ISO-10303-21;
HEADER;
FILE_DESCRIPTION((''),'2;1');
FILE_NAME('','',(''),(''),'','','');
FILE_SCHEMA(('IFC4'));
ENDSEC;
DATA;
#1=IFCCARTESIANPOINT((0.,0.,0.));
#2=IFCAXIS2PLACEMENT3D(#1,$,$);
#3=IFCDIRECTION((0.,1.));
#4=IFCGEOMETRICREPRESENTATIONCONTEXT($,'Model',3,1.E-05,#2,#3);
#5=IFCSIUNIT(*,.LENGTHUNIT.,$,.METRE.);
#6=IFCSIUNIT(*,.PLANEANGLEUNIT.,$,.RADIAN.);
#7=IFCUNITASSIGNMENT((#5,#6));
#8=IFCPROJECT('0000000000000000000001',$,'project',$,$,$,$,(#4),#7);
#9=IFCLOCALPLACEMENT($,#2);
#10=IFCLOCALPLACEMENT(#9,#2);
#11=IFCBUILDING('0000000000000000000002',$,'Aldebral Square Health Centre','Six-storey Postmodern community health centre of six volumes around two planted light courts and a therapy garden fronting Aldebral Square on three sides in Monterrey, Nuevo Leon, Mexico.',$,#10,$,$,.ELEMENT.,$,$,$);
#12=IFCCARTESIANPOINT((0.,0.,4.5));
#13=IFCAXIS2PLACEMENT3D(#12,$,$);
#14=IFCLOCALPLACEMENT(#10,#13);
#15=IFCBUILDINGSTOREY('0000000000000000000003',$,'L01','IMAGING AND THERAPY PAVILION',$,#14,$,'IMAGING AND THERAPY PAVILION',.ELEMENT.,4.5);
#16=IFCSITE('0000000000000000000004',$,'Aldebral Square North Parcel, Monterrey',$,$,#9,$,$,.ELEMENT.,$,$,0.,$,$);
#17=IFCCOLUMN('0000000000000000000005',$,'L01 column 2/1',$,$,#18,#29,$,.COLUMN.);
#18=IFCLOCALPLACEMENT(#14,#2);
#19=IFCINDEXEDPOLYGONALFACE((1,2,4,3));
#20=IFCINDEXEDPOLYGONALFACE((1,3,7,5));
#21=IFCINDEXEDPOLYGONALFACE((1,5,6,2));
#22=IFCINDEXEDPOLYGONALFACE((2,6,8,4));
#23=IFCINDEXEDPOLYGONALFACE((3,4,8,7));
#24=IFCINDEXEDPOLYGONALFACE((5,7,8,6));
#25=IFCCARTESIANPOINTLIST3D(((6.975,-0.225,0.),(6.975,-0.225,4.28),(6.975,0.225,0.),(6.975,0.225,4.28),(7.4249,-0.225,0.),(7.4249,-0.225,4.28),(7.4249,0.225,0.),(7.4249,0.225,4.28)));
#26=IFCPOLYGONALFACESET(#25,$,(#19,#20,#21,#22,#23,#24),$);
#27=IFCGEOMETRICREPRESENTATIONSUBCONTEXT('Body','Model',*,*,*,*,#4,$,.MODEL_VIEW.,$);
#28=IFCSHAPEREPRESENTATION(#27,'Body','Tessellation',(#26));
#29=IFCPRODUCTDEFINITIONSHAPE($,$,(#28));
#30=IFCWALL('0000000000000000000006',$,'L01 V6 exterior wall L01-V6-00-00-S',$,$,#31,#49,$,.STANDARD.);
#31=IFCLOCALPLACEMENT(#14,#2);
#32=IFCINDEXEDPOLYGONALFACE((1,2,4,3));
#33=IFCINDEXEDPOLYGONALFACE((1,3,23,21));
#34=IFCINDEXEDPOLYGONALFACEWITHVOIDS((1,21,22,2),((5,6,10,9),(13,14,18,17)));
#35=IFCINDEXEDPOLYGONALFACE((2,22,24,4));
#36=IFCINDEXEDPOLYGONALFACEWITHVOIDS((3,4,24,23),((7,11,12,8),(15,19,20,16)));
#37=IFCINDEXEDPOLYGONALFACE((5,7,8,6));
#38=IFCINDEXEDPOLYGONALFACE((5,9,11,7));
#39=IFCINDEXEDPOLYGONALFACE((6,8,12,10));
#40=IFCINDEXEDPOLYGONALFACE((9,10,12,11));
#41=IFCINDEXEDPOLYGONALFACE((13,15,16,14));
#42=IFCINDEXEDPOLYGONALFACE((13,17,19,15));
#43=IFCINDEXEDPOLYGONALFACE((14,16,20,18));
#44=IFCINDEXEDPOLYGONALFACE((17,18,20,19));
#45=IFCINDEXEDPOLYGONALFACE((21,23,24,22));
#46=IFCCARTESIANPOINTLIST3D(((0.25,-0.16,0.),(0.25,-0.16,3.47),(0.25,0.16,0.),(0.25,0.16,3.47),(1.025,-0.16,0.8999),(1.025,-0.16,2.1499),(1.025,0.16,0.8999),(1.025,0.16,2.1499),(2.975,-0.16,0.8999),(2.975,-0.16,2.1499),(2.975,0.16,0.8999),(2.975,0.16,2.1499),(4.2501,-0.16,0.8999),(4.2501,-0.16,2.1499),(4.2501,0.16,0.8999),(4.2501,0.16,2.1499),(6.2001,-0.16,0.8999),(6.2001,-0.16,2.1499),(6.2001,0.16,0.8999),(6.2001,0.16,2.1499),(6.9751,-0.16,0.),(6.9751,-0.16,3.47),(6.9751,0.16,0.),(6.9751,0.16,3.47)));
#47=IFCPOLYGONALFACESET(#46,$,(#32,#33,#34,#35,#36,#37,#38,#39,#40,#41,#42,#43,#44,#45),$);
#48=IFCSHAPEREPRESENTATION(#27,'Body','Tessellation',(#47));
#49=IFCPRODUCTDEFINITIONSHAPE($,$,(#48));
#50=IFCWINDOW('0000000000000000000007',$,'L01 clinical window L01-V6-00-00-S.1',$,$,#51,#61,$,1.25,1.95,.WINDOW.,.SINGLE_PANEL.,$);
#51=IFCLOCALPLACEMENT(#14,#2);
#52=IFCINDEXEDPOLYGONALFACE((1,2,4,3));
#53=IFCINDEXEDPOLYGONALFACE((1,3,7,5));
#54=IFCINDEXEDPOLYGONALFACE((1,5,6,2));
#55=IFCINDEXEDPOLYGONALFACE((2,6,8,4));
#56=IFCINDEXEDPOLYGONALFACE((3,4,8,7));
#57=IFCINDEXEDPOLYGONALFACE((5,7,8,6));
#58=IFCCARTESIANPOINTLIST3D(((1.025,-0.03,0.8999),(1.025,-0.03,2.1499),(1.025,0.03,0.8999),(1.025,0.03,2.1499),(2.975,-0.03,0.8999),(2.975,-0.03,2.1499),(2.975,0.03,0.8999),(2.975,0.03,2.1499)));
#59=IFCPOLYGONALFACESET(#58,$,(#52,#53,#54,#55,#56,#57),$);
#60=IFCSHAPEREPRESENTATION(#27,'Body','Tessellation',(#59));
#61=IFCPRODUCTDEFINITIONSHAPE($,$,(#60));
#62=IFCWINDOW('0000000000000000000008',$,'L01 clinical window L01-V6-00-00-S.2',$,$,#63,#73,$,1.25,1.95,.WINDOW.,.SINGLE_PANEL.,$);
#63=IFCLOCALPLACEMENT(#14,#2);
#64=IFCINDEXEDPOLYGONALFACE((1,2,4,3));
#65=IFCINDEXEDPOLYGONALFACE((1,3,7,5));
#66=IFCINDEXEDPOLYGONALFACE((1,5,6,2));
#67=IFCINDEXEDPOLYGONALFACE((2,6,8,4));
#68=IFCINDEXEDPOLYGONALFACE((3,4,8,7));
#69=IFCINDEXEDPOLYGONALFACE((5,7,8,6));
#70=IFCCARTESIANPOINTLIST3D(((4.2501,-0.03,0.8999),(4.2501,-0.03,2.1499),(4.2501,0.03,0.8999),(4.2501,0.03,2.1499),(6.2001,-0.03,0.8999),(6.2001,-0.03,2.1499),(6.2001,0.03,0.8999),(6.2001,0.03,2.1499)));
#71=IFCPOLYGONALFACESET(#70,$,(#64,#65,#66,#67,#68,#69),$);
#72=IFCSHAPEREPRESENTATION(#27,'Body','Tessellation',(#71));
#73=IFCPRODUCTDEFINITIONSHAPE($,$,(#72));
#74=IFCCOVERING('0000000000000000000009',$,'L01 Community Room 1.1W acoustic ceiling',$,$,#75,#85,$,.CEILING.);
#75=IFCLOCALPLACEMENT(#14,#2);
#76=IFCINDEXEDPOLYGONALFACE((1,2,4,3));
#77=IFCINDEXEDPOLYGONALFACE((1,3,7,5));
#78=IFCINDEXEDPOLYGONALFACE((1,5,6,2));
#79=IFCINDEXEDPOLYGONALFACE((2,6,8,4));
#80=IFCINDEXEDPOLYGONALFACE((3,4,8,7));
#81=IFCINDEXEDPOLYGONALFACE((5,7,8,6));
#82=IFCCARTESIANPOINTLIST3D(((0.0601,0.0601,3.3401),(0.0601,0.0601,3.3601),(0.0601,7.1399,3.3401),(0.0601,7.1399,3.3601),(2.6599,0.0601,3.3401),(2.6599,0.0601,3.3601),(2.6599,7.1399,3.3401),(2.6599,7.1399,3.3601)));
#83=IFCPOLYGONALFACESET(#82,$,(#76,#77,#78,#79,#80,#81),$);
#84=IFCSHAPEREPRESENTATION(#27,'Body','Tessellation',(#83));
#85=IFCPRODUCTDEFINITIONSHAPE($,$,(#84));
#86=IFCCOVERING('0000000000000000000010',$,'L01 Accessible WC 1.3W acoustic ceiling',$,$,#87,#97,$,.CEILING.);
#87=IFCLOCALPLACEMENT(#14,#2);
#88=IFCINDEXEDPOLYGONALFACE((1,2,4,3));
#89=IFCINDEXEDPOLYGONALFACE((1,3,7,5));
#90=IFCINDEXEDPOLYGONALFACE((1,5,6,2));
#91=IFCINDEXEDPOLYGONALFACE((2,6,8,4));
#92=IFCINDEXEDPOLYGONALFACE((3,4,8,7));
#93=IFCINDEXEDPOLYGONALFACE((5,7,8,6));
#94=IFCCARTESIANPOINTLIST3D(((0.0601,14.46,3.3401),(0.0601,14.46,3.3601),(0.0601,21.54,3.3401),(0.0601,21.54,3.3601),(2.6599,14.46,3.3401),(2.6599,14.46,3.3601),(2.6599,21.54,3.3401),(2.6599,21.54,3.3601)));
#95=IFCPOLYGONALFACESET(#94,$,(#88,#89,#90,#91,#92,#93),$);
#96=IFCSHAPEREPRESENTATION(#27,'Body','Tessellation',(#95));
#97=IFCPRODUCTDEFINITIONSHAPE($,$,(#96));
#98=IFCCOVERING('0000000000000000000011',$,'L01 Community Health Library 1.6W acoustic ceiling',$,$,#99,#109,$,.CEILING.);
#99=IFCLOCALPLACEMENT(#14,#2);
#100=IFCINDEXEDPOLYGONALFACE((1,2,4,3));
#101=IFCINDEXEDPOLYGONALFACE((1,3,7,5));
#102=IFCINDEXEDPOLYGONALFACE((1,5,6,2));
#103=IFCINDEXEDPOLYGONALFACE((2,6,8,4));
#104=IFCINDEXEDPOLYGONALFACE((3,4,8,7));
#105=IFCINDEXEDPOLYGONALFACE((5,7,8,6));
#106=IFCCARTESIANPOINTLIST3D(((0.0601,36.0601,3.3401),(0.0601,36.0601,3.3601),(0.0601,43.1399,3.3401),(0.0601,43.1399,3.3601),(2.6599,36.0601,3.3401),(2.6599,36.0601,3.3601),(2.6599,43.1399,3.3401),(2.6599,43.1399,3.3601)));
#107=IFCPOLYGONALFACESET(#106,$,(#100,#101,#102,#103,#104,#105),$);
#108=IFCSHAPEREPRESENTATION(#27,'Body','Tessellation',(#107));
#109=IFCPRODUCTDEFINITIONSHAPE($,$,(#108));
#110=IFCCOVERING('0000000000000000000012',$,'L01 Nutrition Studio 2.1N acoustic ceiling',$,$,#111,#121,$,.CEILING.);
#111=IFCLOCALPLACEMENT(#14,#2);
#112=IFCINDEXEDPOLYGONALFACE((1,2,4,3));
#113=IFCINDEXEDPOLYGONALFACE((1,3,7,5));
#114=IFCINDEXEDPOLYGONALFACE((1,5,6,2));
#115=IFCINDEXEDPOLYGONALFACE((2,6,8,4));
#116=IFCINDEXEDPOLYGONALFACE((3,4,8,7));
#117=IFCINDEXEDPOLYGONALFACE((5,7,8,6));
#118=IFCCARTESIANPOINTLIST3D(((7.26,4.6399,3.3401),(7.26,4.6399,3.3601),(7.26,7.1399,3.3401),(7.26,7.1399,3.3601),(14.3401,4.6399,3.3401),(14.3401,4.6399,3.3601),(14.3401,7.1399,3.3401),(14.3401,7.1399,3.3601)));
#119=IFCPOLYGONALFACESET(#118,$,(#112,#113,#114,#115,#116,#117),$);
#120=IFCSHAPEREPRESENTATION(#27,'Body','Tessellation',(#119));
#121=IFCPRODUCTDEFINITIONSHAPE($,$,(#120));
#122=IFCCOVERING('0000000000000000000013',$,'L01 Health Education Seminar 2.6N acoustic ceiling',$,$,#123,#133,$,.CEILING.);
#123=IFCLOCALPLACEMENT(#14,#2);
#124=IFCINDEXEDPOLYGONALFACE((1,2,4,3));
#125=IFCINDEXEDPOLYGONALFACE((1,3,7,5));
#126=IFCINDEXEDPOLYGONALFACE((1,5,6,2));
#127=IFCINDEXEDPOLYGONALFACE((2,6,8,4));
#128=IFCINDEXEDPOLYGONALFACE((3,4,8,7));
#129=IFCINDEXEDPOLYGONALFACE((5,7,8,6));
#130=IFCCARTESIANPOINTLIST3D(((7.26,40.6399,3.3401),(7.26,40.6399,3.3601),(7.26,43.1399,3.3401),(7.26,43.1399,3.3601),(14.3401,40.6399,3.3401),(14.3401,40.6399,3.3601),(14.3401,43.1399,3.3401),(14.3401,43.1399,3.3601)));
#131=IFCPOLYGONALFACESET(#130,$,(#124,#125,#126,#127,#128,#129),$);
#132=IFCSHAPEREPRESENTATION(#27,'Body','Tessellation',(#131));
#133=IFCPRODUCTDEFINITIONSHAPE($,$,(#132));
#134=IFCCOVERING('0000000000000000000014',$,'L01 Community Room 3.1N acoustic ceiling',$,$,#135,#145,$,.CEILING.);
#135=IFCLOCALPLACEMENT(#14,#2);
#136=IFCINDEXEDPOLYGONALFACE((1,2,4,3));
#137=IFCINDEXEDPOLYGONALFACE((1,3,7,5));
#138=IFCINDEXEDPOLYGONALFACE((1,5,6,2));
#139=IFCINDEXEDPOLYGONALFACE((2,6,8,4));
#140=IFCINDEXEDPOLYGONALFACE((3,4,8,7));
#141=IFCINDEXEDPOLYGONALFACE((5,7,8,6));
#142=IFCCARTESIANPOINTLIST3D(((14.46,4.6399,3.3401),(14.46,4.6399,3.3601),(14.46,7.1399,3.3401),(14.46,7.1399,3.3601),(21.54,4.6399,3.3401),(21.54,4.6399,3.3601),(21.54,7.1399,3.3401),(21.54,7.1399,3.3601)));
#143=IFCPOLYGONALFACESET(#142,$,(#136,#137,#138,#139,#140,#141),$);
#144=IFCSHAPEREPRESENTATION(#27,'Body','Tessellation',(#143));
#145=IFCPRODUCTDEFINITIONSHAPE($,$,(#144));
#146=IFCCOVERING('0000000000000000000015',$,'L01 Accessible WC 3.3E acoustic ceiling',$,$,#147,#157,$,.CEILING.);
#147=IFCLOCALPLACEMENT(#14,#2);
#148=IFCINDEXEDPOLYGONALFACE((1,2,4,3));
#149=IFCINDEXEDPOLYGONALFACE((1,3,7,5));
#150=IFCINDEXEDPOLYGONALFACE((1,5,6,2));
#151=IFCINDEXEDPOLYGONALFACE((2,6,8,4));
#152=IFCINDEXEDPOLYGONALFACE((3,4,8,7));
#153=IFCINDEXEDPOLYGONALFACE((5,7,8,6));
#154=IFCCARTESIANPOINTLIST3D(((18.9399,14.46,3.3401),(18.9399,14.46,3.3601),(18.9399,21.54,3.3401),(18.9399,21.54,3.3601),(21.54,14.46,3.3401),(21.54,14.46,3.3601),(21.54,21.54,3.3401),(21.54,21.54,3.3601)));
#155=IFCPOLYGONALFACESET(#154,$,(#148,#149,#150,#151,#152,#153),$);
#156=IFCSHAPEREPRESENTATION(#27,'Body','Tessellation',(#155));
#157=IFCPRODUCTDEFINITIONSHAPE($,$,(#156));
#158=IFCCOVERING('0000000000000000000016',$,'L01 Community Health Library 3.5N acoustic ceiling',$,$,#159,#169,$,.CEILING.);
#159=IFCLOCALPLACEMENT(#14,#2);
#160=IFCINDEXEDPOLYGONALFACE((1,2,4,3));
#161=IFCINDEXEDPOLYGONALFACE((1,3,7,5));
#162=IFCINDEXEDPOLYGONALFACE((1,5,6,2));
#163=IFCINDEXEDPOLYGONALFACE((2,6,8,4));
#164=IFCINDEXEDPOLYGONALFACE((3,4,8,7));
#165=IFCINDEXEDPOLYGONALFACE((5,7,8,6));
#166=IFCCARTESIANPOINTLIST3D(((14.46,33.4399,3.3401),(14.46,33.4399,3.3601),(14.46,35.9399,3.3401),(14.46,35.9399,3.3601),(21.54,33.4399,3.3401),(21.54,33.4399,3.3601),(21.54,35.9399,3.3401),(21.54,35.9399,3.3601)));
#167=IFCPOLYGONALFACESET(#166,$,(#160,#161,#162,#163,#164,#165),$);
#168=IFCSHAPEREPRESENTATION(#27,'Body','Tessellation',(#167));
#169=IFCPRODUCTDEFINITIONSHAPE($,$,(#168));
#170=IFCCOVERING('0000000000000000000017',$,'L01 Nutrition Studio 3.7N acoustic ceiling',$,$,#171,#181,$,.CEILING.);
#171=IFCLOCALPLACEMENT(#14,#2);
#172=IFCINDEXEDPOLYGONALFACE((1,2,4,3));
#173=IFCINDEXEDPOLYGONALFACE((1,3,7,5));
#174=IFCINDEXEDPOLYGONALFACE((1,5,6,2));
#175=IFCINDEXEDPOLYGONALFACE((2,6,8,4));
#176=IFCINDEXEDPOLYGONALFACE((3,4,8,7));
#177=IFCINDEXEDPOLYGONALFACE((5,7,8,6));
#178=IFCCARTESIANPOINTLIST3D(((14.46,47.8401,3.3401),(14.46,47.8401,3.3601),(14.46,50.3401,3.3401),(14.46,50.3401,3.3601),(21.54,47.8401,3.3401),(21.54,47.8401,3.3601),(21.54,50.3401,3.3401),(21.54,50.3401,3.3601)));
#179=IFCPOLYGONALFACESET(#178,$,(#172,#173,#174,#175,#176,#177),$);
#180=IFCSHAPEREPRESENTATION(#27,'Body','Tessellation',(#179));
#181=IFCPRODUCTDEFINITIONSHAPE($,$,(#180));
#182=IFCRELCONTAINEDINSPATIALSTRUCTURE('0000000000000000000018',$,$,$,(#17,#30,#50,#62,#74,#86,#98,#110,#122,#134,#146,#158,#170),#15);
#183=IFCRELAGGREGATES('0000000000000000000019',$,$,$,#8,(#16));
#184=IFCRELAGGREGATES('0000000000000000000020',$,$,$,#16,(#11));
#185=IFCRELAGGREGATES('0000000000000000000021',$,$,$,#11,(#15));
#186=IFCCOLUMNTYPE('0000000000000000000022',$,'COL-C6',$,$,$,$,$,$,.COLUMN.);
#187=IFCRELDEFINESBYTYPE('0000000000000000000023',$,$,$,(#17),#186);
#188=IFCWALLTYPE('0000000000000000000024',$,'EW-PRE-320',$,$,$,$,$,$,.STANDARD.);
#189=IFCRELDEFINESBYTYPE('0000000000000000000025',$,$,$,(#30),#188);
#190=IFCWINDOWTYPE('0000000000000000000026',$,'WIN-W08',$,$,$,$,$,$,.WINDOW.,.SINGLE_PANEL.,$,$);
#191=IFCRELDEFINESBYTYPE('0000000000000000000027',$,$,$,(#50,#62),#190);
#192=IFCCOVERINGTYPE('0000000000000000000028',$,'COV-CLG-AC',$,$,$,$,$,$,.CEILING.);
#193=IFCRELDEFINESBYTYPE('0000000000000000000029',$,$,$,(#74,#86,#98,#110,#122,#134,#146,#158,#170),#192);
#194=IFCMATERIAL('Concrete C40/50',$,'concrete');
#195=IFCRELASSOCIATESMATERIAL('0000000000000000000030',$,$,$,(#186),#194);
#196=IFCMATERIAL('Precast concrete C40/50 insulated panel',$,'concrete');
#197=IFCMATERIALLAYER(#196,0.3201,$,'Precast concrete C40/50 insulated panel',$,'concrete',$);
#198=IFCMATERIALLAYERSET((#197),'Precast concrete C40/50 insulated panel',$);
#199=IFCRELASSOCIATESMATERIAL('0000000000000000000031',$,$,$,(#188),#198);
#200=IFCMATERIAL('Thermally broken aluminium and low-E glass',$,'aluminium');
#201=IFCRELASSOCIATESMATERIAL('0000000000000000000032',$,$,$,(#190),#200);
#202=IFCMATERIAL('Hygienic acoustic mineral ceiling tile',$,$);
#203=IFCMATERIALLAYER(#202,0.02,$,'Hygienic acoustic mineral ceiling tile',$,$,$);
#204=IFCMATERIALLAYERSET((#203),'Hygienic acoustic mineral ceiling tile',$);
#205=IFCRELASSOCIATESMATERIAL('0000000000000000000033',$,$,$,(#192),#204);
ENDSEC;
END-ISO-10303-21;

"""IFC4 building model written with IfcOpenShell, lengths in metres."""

from ifc_helpers import new_model, si_unit, direction, frame, frame_2d, origin, origin_2d, place, context, subcontext, project, spatial, polyline, rectangle, outline, extrude, material, layer, layer_set, material_profile, profile_set, type_object, element, fill, save


model = new_model("IFC4")

# Units and contexts
model_context = context("Model", 3, precision=1e-05, world=origin(), true_north=direction((0.0, 1.0)))
body_context = subcontext(model_context, "Body", "Model", "MODEL_VIEW")
ifc_project = project(units=[si_unit("LENGTHUNIT", "METRE"), si_unit("PLANEANGLEUNIT", "RADIAN")], contexts=[model_context])

# Site, building, storey
site_placement = place(None, origin())
site = spatial("IfcSite", under=ifc_project, at=site_placement, Name="Aldebral Square North Parcel, Monterrey", CompositionType="ELEMENT", RefElevation=0.0)
building_placement = place(site_placement, origin())
building = spatial("IfcBuilding", under=site, at=building_placement, Name="Aldebral Square Health Centre", Description="Six-storey Postmodern community health centre of six volumes around two planted light courts and a therapy garden fronting Aldebral Square on three sides in Monterrey, Nuevo Leon, Mexico.", CompositionType="ELEMENT")
storey_placement = place(building_placement, frame((0.0, 0.0, 4.5)))
storey = spatial("IfcBuildingStorey", under=building, at=storey_placement, Name="L01", Description="IMAGING AND THERAPY PAVILION", LongName="IMAGING AND THERAPY PAVILION", CompositionType="ELEMENT", Elevation=4.5)

# Column
ifc_material_1 = material(Name="Concrete C40/50", Category="concrete")
ifc_material_profile = material_profile(ifc_material_1, rectangle(XDim=0.45, YDim=0.45, at=origin_2d()), Name="RC 450x450")
ifc_profile_set = profile_set([ifc_material_profile], Name="Concrete C40/50")
column_type = type_object("IfcColumnType", Name="COL-C6", PredefinedType="COLUMN", material=ifc_profile_set)
column_placement = place(storey_placement, frame((7.2, 0.0, 0.0), z_axis=(0.0, 0.0, 1.0), x_axis=(1.0, 0.0, 0.0)))
element("IfcColumn", 1, at=column_placement, inside=storey, type_object=column_type, Name="L01 column 2/1", PredefinedType="COLUMN", context=body_context, shape_type="SweptSolid", body=[
    extrude(rectangle(XDim=0.45, YDim=0.45, at=origin_2d()), origin(), (0.0, 0.0, 1.0), 4.28),
])

# Wall, openings, windows
ifc_material_2 = material(Name="Precast concrete C40/50 insulated panel", Category="concrete")
ifc_layer_1 = layer(ifc_material_2, 0.3201, Name="Precast concrete C40/50 insulated panel", Category="concrete")
ifc_layer_set_1 = layer_set([ifc_layer_1], Name="Precast concrete C40/50 insulated panel")
wall_type = type_object("IfcWallType", Name="EW-PRE-320", PredefinedType="STANDARD", material=ifc_layer_set_1)
wall_placement = place(storey_placement, frame((0.25, 0.0, 0.0), z_axis=(0.0, 0.0, 1.0), x_axis=(1.0, 0.0, 0.0)))
wall = element("IfcWall", 2, at=wall_placement, inside=storey, type_object=wall_type, Name="L01 V6 exterior wall L01-V6-00-00-S", PredefinedType="STANDARD", context=body_context, shape_type="SweptSolid", body=[
    extrude(rectangle(XDim=6.7251, YDim=0.3201, at=frame_2d((3.3625, 0.0))), origin(), (0.0, 0.0, 1.0), 3.47),
])
opening_1_placement = place(wall_placement, frame((0.7749, 0.0, 0.8999)))
opening_1 = element("IfcOpeningElement", 3, at=opening_1_placement, cuts=wall, PredefinedType="OPENING", context=body_context, shape_type="SweptSolid", body=[
    extrude(rectangle(XDim=1.95, YDim=1.25, at=frame_2d((0.9751, 0.625))), frame((0.0, 0.1699, 0.0), z_axis=(0.0, -1.0, 0.0), x_axis=(1.0, 0.0, 0.0)), (0.0, 0.0, 1.0), 0.3401),
])
opening_2_placement = place(wall_placement, frame((4.0, 0.0, 0.8999)))
opening_2 = element("IfcOpeningElement", 4, at=opening_2_placement, cuts=wall, PredefinedType="OPENING", context=body_context, shape_type="SweptSolid", body=[
    extrude(rectangle(XDim=1.95, YDim=1.25, at=frame_2d((0.9751, 0.625))), frame((0.0, 0.1699, 0.0), z_axis=(0.0, -1.0, 0.0), x_axis=(1.0, 0.0, 0.0)), (0.0, 0.0, 1.0), 0.3401),
])
ifc_material_3 = material(Name="Thermally broken aluminium and low-E glass", Category="aluminium")
window_type = type_object("IfcWindowType", Name="WIN-W08", PartitioningType="SINGLE_PANEL", PredefinedType="WINDOW", material=ifc_material_3)
window_1_placement = place(opening_1_placement, origin())
window_1 = element("IfcWindow", 5, at=window_1_placement, inside=storey, type_object=window_type, Name="L01 clinical window L01-V6-00-00-S.1", OverallHeight=1.25, OverallWidth=1.95, PartitioningType="SINGLE_PANEL", PredefinedType="WINDOW", context=body_context, shape_type="SweptSolid", body=[
    extrude(rectangle(XDim=1.95, YDim=1.25, at=frame_2d((0.9751, 0.625))), frame((0.0, 0.03, 0.0), z_axis=(0.0, -1.0, 0.0), x_axis=(1.0, 0.0, 0.0)), (0.0, 0.0, 1.0), 0.0601),
])
fill(opening_1, window_1)
window_2_placement = place(opening_2_placement, origin())
window_2 = element("IfcWindow", 6, at=window_2_placement, inside=storey, type_object=window_type, Name="L01 clinical window L01-V6-00-00-S.2", OverallHeight=1.25, OverallWidth=1.95, PartitioningType="SINGLE_PANEL", PredefinedType="WINDOW", context=body_context, shape_type="SweptSolid", body=[
    extrude(rectangle(XDim=1.95, YDim=1.25, at=frame_2d((0.9751, 0.625))), frame((0.0, 0.03, 0.0), z_axis=(0.0, -1.0, 0.0), x_axis=(1.0, 0.0, 0.0)), (0.0, 0.0, 1.0), 0.0601),
])
fill(opening_2, window_2)

# Coverings
ifc_material_4 = material(Name="Hygienic acoustic mineral ceiling tile")
ifc_layer_2 = layer(ifc_material_4, 0.02, Name="Hygienic acoustic mineral ceiling tile")
ifc_layer_set_2 = layer_set([ifc_layer_2], Name="Hygienic acoustic mineral ceiling tile")
covering_type_1 = type_object("IfcCoveringType", Name="COV-CLG-AC", PredefinedType="CEILING", material=ifc_layer_set_2)
covering_1_placement = place(storey_placement, frame((0.0, 0.0, 3.3401)))
element("IfcCovering", 7, at=covering_1_placement, inside=storey, type_object=covering_type_1, Name="L01 Community Room 1.1W acoustic ceiling", PredefinedType="CEILING", context=body_context, shape_type="SweptSolid", body=[
    extrude(outline(polyline([(0.0601, 0.0601), (2.6599, 0.0601), (2.6599, 7.1399), (0.0601, 7.1399), (0.0601, 0.0601)])), origin(), (0.0, 0.0, 1.0), 0.02),
])
covering_2_placement = place(storey_placement, frame((0.0, 0.0, 3.3401)))
element("IfcCovering", 8, at=covering_2_placement, inside=storey, type_object=covering_type_1, Name="L01 Accessible WC 1.3W acoustic ceiling", PredefinedType="CEILING", context=body_context, shape_type="SweptSolid", body=[
    extrude(outline(polyline([(0.0601, 14.46), (2.6599, 14.46), (2.6599, 21.54), (0.0601, 21.54), (0.0601, 14.46)])), origin(), (0.0, 0.0, 1.0), 0.02),
])
covering_3_placement = place(storey_placement, frame((0.0, 0.0, 3.3401)))
element("IfcCovering", 9, at=covering_3_placement, inside=storey, type_object=covering_type_1, Name="L01 Community Health Library 1.6W acoustic ceiling", PredefinedType="CEILING", context=body_context, shape_type="SweptSolid", body=[
    extrude(outline(polyline([(0.0601, 36.0601), (2.6599, 36.0601), (2.6599, 43.1399), (0.0601, 43.1399), (0.0601, 36.0601)])), origin(), (0.0, 0.0, 1.0), 0.02),
])
covering_4_placement = place(storey_placement, frame((0.0, 0.0, 3.3401)))
element("IfcCovering", 10, at=covering_4_placement, inside=storey, type_object=covering_type_1, Name="L01 Nutrition Studio 2.1N acoustic ceiling", PredefinedType="CEILING", context=body_context, shape_type="SweptSolid", body=[
    extrude(outline(polyline([(7.26, 4.6399), (14.3401, 4.6399), (14.3401, 7.1399), (7.26, 7.1399), (7.26, 4.6399)])), origin(), (0.0, 0.0, 1.0), 0.02),
])
covering_5_placement = place(storey_placement, frame((0.0, 0.0, 3.3401)))
element("IfcCovering", 11, at=covering_5_placement, inside=storey, type_object=covering_type_1, Name="L01 Health Education Seminar 2.6N acoustic ceiling", PredefinedType="CEILING", context=body_context, shape_type="SweptSolid", body=[
    extrude(outline(polyline([(7.26, 40.6399), (14.3401, 40.6399), (14.3401, 43.1399), (7.26, 43.1399), (7.26, 40.6399)])), origin(), (0.0, 0.0, 1.0), 0.02),
])
covering_6_placement = place(storey_placement, frame((0.0, 0.0, 3.3401)))
element("IfcCovering", 12, at=covering_6_placement, inside=storey, type_object=covering_type_1, Name="L01 Community Room 3.1N acoustic ceiling", PredefinedType="CEILING", context=body_context, shape_type="SweptSolid", body=[
    extrude(outline(polyline([(14.46, 4.6399), (21.54, 4.6399), (21.54, 7.1399), (14.46, 7.1399), (14.46, 4.6399)])), origin(), (0.0, 0.0, 1.0), 0.02),
])
covering_7_placement = place(storey_placement, frame((0.0, 0.0, 3.3401)))
element("IfcCovering", 13, at=covering_7_placement, inside=storey, type_object=covering_type_1, Name="L01 Accessible WC 3.3E acoustic ceiling", PredefinedType="CEILING", context=body_context, shape_type="SweptSolid", body=[
    extrude(outline(polyline([(18.9399, 14.46), (21.54, 14.46), (21.54, 21.54), (18.9399, 21.54), (18.9399, 14.46)])), origin(), (0.0, 0.0, 1.0), 0.02),
])
covering_8_placement = place(storey_placement, frame((0.0, 0.0, 3.3401)))
element("IfcCovering", 14, at=covering_8_placement, inside=storey, type_object=covering_type_1, Name="L01 Community Health Library 3.5N acoustic ceiling", PredefinedType="CEILING", context=body_context, shape_type="SweptSolid", body=[
    extrude(outline(polyline([(14.46, 33.4399), (21.54, 33.4399), (21.54, 35.9399), (14.46, 35.9399), (14.46, 33.4399)])), origin(), (0.0, 0.0, 1.0), 0.02),
])
covering_9_placement = place(storey_placement, frame((0.0, 0.0, 3.3401)))
element("IfcCovering", 15, at=covering_9_placement, inside=storey, type_object=covering_type_1, Name="L01 Nutrition Studio 3.7N acoustic ceiling", PredefinedType="CEILING", context=body_context, shape_type="SweptSolid", body=[
    extrude(outline(polyline([(14.46, 47.8401), (21.54, 47.8401), (21.54, 50.3401), (14.46, 50.3401), (14.46, 47.8401)])), origin(), (0.0, 0.0, 1.0), 0.02),
])

save(model, "model.ifc")
